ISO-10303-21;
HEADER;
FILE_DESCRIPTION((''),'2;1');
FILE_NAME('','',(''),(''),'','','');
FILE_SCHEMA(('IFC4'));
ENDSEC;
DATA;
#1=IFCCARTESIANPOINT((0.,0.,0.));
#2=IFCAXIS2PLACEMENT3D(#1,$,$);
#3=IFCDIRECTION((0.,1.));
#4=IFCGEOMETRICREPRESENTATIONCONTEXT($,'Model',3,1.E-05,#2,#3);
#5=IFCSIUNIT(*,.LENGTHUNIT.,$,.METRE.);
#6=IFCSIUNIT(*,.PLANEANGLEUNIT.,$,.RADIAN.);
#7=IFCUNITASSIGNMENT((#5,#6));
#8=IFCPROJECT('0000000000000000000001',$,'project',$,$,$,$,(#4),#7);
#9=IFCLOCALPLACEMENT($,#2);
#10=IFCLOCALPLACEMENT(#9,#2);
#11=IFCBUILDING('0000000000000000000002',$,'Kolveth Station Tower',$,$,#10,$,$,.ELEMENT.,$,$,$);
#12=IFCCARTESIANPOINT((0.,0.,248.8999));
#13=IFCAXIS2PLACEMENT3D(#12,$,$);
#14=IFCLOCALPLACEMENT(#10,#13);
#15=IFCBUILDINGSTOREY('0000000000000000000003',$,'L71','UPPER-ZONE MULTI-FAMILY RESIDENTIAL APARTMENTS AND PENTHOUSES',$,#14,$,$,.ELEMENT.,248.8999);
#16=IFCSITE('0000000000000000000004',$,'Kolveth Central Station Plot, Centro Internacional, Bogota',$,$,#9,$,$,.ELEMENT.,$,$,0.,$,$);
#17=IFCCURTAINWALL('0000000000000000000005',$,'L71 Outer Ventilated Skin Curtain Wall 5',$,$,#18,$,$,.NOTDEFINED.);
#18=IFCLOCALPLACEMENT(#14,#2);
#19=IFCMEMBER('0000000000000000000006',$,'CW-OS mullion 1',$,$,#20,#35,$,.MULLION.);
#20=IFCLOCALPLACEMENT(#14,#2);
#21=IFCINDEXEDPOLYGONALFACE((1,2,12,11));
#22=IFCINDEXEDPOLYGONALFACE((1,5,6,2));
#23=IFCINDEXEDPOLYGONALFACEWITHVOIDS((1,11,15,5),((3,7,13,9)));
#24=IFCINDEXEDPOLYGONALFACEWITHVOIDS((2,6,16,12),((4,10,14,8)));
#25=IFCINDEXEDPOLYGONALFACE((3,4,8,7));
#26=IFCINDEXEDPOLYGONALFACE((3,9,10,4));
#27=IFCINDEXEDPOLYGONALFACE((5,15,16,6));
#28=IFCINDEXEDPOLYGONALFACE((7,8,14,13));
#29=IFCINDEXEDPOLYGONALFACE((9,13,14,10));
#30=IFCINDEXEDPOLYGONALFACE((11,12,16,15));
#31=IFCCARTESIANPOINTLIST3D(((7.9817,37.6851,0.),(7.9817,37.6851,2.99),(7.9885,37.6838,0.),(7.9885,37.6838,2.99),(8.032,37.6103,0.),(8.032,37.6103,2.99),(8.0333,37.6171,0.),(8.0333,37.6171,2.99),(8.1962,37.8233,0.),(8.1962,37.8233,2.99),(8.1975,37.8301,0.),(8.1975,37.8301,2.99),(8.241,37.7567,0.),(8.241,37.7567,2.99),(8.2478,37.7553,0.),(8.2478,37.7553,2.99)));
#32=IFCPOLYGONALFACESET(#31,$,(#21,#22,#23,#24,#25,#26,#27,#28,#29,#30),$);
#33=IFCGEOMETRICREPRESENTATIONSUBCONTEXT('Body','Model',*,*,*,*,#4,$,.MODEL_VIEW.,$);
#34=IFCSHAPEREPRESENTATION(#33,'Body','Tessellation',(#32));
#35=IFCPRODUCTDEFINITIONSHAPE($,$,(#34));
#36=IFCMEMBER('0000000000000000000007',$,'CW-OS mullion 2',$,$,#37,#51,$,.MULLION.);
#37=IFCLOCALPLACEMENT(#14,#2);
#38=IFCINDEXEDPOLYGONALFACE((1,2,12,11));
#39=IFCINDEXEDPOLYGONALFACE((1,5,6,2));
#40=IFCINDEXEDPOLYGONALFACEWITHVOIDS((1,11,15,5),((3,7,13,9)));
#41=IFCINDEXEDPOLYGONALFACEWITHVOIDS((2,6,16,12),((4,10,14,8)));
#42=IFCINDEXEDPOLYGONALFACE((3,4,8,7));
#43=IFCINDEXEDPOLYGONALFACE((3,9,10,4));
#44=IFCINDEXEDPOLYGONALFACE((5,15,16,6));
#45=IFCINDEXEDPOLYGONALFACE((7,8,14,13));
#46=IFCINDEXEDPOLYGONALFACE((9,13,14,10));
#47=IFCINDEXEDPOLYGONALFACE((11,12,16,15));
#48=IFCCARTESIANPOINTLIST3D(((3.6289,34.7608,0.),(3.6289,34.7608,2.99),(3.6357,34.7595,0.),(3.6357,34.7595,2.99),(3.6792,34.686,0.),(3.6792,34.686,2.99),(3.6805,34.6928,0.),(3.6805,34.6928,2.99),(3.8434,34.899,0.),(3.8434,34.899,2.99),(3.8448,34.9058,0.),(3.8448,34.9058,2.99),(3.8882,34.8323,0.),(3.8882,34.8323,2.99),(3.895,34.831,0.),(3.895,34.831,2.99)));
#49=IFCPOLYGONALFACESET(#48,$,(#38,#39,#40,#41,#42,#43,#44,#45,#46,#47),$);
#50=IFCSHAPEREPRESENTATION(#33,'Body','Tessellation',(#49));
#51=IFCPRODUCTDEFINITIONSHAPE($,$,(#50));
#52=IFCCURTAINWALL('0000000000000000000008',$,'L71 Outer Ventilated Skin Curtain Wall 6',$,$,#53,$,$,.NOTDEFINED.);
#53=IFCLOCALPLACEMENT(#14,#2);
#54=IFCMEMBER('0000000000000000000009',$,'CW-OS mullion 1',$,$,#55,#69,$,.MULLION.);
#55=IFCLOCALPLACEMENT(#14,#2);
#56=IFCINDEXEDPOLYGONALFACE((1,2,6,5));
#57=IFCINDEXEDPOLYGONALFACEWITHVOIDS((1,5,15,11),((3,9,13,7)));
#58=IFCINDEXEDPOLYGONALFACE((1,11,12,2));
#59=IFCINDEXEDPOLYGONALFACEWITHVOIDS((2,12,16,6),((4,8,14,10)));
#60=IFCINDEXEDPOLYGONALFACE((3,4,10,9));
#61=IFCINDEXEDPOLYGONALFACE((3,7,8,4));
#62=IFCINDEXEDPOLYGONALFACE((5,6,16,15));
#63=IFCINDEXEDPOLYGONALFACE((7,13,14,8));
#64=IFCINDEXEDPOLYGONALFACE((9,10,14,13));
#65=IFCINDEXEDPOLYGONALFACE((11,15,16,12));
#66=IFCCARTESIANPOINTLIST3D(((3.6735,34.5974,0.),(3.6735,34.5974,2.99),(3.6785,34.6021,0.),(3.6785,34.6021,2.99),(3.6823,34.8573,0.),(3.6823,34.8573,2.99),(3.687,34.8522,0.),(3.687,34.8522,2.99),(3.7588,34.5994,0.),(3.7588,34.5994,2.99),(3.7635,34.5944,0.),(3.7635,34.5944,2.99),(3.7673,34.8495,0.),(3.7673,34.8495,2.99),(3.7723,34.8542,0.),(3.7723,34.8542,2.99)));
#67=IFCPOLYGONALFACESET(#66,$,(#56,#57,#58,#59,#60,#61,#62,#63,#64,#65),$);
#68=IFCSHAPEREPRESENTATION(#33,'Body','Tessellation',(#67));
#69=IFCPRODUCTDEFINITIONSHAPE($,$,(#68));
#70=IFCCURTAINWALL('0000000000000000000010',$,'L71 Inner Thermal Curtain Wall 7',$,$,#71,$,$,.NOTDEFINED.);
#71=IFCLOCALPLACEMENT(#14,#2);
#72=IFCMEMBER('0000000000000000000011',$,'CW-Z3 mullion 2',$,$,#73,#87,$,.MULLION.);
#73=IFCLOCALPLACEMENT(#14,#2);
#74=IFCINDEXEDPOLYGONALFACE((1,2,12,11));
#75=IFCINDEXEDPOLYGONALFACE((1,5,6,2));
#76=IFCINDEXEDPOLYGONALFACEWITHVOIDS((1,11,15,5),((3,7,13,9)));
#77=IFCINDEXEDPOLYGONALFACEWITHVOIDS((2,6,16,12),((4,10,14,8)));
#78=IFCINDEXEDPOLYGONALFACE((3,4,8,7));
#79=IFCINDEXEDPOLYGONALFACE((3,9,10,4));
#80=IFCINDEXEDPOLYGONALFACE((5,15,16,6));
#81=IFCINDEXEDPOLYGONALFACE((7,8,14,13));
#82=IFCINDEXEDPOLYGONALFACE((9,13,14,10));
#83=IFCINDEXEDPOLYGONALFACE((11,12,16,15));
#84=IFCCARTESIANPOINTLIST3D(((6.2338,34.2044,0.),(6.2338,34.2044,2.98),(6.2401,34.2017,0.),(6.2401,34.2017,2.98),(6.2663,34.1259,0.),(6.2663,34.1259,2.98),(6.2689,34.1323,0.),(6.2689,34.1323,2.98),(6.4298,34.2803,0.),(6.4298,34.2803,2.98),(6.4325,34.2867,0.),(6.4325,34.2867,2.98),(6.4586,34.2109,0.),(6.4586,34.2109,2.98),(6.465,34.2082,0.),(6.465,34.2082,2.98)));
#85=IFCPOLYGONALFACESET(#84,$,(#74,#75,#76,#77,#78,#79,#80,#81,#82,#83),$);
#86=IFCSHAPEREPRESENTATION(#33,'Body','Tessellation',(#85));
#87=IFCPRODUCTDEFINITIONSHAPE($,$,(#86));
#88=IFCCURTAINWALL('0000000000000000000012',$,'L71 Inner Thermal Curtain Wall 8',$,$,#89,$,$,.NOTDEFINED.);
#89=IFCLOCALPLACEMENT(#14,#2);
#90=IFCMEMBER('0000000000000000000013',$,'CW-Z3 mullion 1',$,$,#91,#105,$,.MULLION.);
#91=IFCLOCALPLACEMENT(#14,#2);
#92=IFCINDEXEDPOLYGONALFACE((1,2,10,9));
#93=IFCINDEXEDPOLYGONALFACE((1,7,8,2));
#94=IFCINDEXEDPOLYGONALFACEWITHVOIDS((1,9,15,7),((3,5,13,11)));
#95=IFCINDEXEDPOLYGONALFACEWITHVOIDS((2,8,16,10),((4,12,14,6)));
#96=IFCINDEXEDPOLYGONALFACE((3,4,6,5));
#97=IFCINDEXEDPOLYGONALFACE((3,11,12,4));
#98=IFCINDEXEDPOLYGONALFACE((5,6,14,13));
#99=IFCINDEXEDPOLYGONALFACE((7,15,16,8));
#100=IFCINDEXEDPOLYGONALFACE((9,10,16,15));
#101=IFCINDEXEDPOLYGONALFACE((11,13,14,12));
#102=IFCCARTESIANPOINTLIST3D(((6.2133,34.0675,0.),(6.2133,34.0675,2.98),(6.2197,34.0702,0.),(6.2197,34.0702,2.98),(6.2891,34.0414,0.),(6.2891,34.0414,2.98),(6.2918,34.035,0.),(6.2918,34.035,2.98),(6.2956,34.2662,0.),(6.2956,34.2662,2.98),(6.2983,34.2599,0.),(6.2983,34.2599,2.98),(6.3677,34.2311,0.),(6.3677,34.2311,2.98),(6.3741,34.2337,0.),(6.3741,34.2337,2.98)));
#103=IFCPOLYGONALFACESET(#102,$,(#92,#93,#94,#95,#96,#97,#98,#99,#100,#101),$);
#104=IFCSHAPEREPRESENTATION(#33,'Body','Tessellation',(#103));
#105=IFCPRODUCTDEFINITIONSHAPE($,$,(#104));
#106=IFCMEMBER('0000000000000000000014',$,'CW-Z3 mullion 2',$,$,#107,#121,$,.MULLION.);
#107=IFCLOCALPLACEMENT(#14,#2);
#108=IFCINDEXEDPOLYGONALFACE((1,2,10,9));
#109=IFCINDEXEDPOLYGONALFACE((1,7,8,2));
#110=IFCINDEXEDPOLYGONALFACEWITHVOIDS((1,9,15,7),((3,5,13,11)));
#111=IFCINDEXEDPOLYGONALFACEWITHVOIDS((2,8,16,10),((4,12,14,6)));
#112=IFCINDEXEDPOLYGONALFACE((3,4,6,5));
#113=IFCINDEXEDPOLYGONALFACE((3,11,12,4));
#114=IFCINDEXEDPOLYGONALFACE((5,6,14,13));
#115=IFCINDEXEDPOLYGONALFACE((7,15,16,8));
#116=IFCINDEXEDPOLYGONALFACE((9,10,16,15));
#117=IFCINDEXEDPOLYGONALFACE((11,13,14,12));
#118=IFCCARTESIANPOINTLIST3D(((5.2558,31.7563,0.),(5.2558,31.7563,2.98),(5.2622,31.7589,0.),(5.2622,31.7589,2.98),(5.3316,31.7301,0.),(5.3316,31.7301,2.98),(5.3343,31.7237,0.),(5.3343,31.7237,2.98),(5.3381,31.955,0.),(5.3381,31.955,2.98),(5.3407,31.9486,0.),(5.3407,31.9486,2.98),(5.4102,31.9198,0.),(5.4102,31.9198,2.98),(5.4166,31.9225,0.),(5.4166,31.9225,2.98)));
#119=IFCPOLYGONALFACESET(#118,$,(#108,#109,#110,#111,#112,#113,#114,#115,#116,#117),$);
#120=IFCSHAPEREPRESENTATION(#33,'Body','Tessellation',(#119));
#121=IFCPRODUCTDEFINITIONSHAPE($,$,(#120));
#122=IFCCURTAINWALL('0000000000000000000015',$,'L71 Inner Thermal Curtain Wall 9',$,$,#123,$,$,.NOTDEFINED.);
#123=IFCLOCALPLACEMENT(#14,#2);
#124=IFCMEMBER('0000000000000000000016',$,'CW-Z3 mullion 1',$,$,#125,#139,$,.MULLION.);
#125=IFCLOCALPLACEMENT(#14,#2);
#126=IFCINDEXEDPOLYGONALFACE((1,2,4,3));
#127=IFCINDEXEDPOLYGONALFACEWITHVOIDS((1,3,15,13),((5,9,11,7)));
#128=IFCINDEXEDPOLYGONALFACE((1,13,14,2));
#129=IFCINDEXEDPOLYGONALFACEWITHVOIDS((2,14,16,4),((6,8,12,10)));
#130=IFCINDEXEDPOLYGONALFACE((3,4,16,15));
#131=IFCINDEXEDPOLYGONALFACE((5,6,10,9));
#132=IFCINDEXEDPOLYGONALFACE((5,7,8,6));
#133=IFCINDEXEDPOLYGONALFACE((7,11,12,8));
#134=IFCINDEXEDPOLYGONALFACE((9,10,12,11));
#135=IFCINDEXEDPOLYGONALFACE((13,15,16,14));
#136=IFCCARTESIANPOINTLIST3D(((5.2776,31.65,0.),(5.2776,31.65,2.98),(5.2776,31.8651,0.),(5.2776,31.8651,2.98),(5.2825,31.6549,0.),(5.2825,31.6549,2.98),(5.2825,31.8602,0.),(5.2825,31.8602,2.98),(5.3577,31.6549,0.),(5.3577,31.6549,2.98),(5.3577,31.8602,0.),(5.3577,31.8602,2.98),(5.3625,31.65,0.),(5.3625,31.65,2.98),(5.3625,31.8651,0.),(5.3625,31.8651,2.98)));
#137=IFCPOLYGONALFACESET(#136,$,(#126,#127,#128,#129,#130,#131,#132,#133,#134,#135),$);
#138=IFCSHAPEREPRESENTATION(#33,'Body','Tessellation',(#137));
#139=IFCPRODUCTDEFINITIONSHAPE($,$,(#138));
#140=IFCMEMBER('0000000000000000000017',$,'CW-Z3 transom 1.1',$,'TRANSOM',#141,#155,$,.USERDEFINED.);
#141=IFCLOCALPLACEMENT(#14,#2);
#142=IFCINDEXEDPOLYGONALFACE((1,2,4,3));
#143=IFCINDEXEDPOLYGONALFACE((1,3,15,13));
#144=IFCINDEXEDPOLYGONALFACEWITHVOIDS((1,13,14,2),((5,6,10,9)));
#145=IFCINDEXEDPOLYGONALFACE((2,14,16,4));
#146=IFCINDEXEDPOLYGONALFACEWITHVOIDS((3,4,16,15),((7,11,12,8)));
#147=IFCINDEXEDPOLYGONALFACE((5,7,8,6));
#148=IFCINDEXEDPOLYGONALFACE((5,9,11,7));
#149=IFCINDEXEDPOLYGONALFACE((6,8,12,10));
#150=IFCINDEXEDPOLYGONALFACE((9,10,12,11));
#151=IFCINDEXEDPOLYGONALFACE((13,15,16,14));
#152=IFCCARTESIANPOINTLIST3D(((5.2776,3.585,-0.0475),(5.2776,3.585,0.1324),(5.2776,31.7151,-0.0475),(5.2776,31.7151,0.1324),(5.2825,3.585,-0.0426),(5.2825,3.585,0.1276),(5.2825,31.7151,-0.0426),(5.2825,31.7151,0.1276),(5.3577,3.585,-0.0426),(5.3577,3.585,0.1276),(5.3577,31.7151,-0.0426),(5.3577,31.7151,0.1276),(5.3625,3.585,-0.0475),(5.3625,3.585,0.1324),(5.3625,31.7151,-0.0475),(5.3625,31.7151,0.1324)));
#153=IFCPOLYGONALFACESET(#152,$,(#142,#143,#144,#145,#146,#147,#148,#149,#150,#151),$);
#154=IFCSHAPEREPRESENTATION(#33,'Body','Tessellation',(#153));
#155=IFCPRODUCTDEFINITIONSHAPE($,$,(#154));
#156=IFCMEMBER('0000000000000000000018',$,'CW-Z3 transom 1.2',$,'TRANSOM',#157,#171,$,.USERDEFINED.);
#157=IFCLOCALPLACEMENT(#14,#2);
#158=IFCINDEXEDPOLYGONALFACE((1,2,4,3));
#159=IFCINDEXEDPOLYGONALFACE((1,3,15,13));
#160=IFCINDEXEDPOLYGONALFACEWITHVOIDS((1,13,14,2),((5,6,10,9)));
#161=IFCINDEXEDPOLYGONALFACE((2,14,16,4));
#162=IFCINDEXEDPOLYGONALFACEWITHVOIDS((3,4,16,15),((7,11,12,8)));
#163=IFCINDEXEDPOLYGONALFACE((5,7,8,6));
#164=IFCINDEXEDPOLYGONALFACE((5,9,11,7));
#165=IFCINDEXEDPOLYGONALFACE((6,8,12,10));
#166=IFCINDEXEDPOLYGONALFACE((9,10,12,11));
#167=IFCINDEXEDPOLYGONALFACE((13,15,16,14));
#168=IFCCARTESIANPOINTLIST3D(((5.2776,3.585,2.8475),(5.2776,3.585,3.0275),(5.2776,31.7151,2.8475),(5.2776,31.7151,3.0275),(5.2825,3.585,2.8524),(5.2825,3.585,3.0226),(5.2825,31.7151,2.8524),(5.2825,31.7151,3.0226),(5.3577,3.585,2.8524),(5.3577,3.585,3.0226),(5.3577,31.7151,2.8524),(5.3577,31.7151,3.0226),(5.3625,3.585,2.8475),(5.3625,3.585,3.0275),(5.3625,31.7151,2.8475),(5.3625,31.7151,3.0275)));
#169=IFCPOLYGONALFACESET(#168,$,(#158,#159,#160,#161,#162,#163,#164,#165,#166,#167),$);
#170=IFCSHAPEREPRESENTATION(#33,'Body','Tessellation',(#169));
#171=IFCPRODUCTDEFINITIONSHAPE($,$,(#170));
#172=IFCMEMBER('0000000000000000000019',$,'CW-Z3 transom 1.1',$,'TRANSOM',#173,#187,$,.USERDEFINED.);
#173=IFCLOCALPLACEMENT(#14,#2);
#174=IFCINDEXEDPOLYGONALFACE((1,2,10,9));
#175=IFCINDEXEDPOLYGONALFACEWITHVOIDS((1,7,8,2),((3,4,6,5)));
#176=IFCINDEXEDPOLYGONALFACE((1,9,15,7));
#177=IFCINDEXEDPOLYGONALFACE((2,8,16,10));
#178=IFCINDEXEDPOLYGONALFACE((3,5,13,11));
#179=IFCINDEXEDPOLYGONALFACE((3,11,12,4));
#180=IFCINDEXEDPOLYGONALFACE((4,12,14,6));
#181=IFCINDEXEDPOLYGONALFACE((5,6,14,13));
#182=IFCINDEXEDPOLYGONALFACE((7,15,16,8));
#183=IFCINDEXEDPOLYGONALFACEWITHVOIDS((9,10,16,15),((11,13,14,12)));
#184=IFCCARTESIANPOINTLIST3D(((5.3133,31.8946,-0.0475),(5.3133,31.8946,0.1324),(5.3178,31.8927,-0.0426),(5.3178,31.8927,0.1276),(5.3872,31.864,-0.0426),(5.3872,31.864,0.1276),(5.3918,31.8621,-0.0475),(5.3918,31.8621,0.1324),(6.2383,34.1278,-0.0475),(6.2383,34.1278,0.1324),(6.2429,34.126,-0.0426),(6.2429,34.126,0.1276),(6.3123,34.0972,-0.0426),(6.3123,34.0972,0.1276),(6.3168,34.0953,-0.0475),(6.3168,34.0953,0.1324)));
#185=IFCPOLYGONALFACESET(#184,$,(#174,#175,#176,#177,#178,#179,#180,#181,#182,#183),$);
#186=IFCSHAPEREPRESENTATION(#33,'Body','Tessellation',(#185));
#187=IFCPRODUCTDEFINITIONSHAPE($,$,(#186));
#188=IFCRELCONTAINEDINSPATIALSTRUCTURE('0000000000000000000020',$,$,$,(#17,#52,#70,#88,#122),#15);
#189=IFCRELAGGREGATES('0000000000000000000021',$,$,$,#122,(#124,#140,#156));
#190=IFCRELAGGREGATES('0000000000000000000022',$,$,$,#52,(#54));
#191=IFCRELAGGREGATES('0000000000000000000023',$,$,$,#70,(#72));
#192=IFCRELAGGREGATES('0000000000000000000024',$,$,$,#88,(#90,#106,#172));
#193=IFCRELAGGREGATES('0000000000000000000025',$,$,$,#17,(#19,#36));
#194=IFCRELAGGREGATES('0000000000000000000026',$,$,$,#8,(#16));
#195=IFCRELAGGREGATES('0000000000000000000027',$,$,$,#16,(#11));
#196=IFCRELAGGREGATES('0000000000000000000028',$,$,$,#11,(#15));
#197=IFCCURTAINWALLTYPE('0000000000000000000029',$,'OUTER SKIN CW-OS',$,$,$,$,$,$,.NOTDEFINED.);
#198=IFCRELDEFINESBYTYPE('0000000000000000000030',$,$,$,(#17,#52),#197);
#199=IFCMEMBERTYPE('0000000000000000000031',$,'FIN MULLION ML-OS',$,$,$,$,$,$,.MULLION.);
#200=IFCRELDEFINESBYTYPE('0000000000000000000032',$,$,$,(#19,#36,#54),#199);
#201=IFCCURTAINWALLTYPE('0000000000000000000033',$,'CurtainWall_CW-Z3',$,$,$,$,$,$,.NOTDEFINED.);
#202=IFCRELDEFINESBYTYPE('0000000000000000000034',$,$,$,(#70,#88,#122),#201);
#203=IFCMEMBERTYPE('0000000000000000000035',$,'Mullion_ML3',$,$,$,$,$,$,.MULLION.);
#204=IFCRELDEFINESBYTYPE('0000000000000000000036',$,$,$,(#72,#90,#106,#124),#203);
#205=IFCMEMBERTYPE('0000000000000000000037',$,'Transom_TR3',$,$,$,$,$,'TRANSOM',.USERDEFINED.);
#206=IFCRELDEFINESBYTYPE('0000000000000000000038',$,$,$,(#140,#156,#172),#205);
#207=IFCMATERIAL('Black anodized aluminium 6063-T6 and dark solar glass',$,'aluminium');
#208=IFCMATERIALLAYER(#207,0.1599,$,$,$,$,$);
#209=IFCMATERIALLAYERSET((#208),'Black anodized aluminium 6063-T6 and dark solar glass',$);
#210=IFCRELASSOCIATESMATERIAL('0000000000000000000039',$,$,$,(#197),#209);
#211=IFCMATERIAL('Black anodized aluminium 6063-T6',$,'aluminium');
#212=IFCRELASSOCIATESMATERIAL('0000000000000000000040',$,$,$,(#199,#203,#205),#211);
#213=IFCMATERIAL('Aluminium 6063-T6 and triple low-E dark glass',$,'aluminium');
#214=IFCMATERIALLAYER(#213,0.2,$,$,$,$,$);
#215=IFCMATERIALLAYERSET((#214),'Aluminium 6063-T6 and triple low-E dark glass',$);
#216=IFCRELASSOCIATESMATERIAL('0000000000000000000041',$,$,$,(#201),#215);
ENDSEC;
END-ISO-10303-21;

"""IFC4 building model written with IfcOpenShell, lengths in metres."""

from ifc_helpers import new_model, si_unit, direction, frame, origin, origin_2d, place, context, subcontext, project, spatial, hollow_rectangle, extrude, source, transform, mapped, material, layer, layer_set, material_profile, profile_set, type_object, element, aggregate, save


model = new_model("IFC4")

# Units and contexts
model_context = context("Model", 3, precision=1e-05, world=origin(), true_north=direction((0.0, 1.0)))
body_context = subcontext(model_context, "Body", "Model", "MODEL_VIEW")
ifc_project = project(units=[si_unit("LENGTHUNIT", "METRE"), si_unit("PLANEANGLEUNIT", "RADIAN")], contexts=[model_context])

# Site, building, storey
site_placement = place(None, origin())
site = spatial("IfcSite", under=ifc_project, at=site_placement, Name="Kolveth Central Station Plot, Centro Internacional, Bogota", CompositionType="ELEMENT", RefElevation=0.0)
building_placement = place(site_placement, origin())
building = spatial("IfcBuilding", under=site, at=building_placement, Name="Kolveth Station Tower", CompositionType="ELEMENT")
storey_placement = place(building_placement, frame((0.0, 0.0, 248.8999)))
storey = spatial("IfcBuildingStorey", under=building, at=storey_placement, Name="L71", Description="UPPER-ZONE MULTI-FAMILY RESIDENTIAL APARTMENTS AND PENTHOUSES", CompositionType="ELEMENT", Elevation=248.8999)

# Curtain wall, members
ifc_material_1 = material(Name="Black anodized aluminium 6063-T6 and dark solar glass", Category="aluminium")
ifc_layer_1 = layer(ifc_material_1, 0.1599)
ifc_layer_set_1 = layer_set([ifc_layer_1], Name="Black anodized aluminium 6063-T6 and dark solar glass")
curtain_wall_type_1 = type_object("IfcCurtainWallType", Name="OUTER SKIN CW-OS", PredefinedType="NOTDEFINED", material=ifc_layer_set_1)
curtain_wall_1_placement = place(storey_placement, origin())
curtain_wall_1 = element("IfcCurtainWall", 1, at=curtain_wall_1_placement, inside=storey, type_object=curtain_wall_type_1, Name="L71 Outer Ventilated Skin Curtain Wall 5", PredefinedType="NOTDEFINED")
ifc_material_2 = material(Name="Black anodized aluminium 6063-T6", Category="aluminium")
ifc_material_profile_1 = material_profile(ifc_material_2, hollow_rectangle(XDim=0.0901, YDim=0.26, WallThickness=0.0049, at=origin_2d()), Name="ALU-90x260x5")
ifc_profile_set_1 = profile_set([ifc_material_profile_1], Name="Black anodized aluminium 6063-T6")
member_type_1 = type_object("IfcMemberType", Name="FIN MULLION ML-OS", PredefinedType="MULLION", material=ifc_profile_set_1)
shared_shape_1 = source(origin(), body_context, "Body", "SweptSolid", [
    extrude(hollow_rectangle(XDim=0.0901, YDim=0.26, WallThickness=0.0049, at=origin_2d()), origin(), (0.0, 0.0, 1.0), 2.99),
])
member_1_placement = place(storey_placement, frame((8.1147, 37.7202, 0.0), z_axis=(0.0, 0.0, 1.0), x_axis=(0.557665, -0.830066, 0.0)))
member_1 = element("IfcMember", 2, at=member_1_placement, type_object=member_type_1, Name="CW-OS mullion 1", PredefinedType="MULLION", context=body_context, shape_type="MappedRepresentation", body=[
    mapped(shared_shape_1, transform((0.0, 0.0, 0.0), x_axis=(1.0, 0.0, 0.0), y_axis=(0.0, 1.0, 0.0), z_axis=(0.0, 0.0, 1.0), scale=1.0)),
])
member_2_placement = place(storey_placement, frame((3.762, 34.7959, 0.0), z_axis=(0.0, 0.0, 1.0), x_axis=(0.557665, -0.830066, 0.0)))
member_2 = element("IfcMember", 3, at=member_2_placement, type_object=member_type_1, Name="CW-OS mullion 2", PredefinedType="MULLION", context=body_context, shape_type="MappedRepresentation", body=[
    mapped(shared_shape_1, transform((0.0, 0.0, 0.0), x_axis=(1.0, 0.0, 0.0), y_axis=(0.0, 1.0, 0.0), z_axis=(0.0, 0.0, 1.0), scale=1.0)),
])

# Curtain walls, members
curtain_wall_2_placement = place(storey_placement, origin())
curtain_wall_2 = element("IfcCurtainWall", 4, at=curtain_wall_2_placement, inside=storey, type_object=curtain_wall_type_1, Name="L71 Outer Ventilated Skin Curtain Wall 6", PredefinedType="NOTDEFINED")
member_3_placement = place(storey_placement, frame((3.7229, 34.7258, 0.0), z_axis=(0.0, 0.0, 1.0), x_axis=(0.999421, -0.034027, 0.0)))
member_3 = element("IfcMember", 5, at=member_3_placement, type_object=member_type_1, Name="CW-OS mullion 1", PredefinedType="MULLION", context=body_context, shape_type="MappedRepresentation", body=[
    mapped(shared_shape_1, transform((0.0, 0.0, 0.0), x_axis=(1.0, 0.0, 0.0), y_axis=(0.0, 1.0, 0.0), z_axis=(0.0, 0.0, 1.0), scale=1.0)),
])
ifc_material_3 = material(Name="Aluminium 6063-T6 and triple low-E dark glass", Category="aluminium")
ifc_layer_2 = layer(ifc_material_3, 0.2)
ifc_layer_set_2 = layer_set([ifc_layer_2], Name="Aluminium 6063-T6 and triple low-E dark glass")
curtain_wall_type_2 = type_object("IfcCurtainWallType", Name="CurtainWall_CW-Z3", PredefinedType="NOTDEFINED", material=ifc_layer_set_2)
curtain_wall_3_placement = place(storey_placement, origin())
curtain_wall_3 = element("IfcCurtainWall", 6, at=curtain_wall_3_placement, inside=storey, type_object=curtain_wall_type_2, Name="L71 Inner Thermal Curtain Wall 7", PredefinedType="NOTDEFINED")
ifc_material_profile_2 = material_profile(ifc_material_2, hollow_rectangle(XDim=0.085, YDim=0.2151, WallThickness=0.0049, at=origin_2d()), Name="ALU-85x215x5")
ifc_profile_set_2 = profile_set([ifc_material_profile_2], Name="Black anodized aluminium 6063-T6")
member_type_2 = type_object("IfcMemberType", Name="Mullion_ML3", PredefinedType="MULLION", material=ifc_profile_set_2)
shared_shape_2 = source(origin(), body_context, "Body", "SweptSolid", [
    extrude(hollow_rectangle(XDim=0.085, YDim=0.2151, WallThickness=0.0049, at=origin_2d()), origin(), (0.0, 0.0, 1.0), 2.98),
])
member_4_placement = place(storey_placement, frame((6.3494, 34.2063, 0.0), z_axis=(0.0, 0.0, 1.0), x_axis=(0.382693, -0.923875, 0.0)))
member_4 = element("IfcMember", 7, at=member_4_placement, type_object=member_type_2, Name="CW-Z3 mullion 2", PredefinedType="MULLION", context=body_context, shape_type="MappedRepresentation", body=[
    mapped(shared_shape_2, transform((0.0, 0.0, 0.0), x_axis=(1.0, 0.0, 0.0), y_axis=(0.0, 1.0, 0.0), z_axis=(0.0, 0.0, 1.0), scale=1.0)),
])

# Curtain walls, members
curtain_wall_4_placement = place(storey_placement, origin())
curtain_wall_4 = element("IfcCurtainWall", 8, at=curtain_wall_4_placement, inside=storey, type_object=curtain_wall_type_2, Name="L71 Inner Thermal Curtain Wall 8", PredefinedType="NOTDEFINED")
member_5_placement = place(storey_placement, frame((6.2937, 34.1506, 0.0), z_axis=(0.0, 0.0, 1.0), x_axis=(0.923875, -0.382693, 0.0)))
member_5 = element("IfcMember", 9, at=member_5_placement, type_object=member_type_2, Name="CW-Z3 mullion 1", PredefinedType="MULLION", context=body_context, shape_type="MappedRepresentation", body=[
    mapped(shared_shape_2, transform((0.0, 0.0, 0.0), x_axis=(1.0, 0.0, 0.0), y_axis=(0.0, 1.0, 0.0), z_axis=(0.0, 0.0, 1.0), scale=1.0)),
])
member_6_placement = place(storey_placement, frame((5.3362, 31.8394, 0.0), z_axis=(0.0, 0.0, 1.0), x_axis=(0.923875, -0.382693, 0.0)))
member_6 = element("IfcMember", 10, at=member_6_placement, type_object=member_type_2, Name="CW-Z3 mullion 2", PredefinedType="MULLION", context=body_context, shape_type="MappedRepresentation", body=[
    mapped(shared_shape_2, transform((0.0, 0.0, 0.0), x_axis=(1.0, 0.0, 0.0), y_axis=(0.0, 1.0, 0.0), z_axis=(0.0, 0.0, 1.0), scale=1.0)),
])
curtain_wall_5_placement = place(storey_placement, origin())
curtain_wall_5 = element("IfcCurtainWall", 11, at=curtain_wall_5_placement, inside=storey, type_object=curtain_wall_type_2, Name="L71 Inner Thermal Curtain Wall 9", PredefinedType="NOTDEFINED")
member_7_placement = place(storey_placement, frame((5.3201, 31.7576, 0.0), z_axis=(0.0, 0.0, 1.0), x_axis=(1.0, 0.0, 0.0)))
member_7 = element("IfcMember", 12, at=member_7_placement, type_object=member_type_2, Name="CW-Z3 mullion 1", PredefinedType="MULLION", context=body_context, shape_type="MappedRepresentation", body=[
    mapped(shared_shape_2, transform((0.0, 0.0, 0.0), x_axis=(1.0, 0.0, 0.0), y_axis=(0.0, 1.0, 0.0), z_axis=(0.0, 0.0, 1.0), scale=1.0)),
])
ifc_material_profile_3 = material_profile(ifc_material_2, hollow_rectangle(XDim=0.085, YDim=0.1799, WallThickness=0.0049, at=origin_2d()), Name="ALU-85x180x5")
ifc_profile_set_3 = profile_set([ifc_material_profile_3], Name="Black anodized aluminium 6063-T6")
member_type_3 = type_object("IfcMemberType", Name="Transom_TR3", ElementType="TRANSOM", PredefinedType="USERDEFINED", material=ifc_profile_set_3)
shared_shape_3 = source(origin(), body_context, "Body", "SweptSolid", [
    extrude(hollow_rectangle(XDim=0.085, YDim=0.1799, WallThickness=0.0049, at=origin_2d()), origin(), (0.0, 0.0, 1.0), 28.1301),
])
member_8_placement = place(storey_placement, frame((5.3201, 31.7151, 0.0425), z_axis=(0.0, -1.0, 0.0), x_axis=(1.0, 0.0, 0.0)))
member_8 = element("IfcMember", 13, at=member_8_placement, type_object=member_type_3, Name="CW-Z3 transom 1.1", ObjectType="TRANSOM", PredefinedType="USERDEFINED", context=body_context, shape_type="MappedRepresentation", body=[
    mapped(shared_shape_3, transform((0.0, 0.0, 0.0), x_axis=(1.0, 0.0, 0.0), y_axis=(0.0, 1.0, 0.0), z_axis=(0.0, 0.0, 1.0), scale=1.0)),
])
member_9_placement = place(storey_placement, frame((5.3201, 31.7151, 2.9375), z_axis=(0.0, -1.0, 0.0), x_axis=(1.0, 0.0, 0.0)))
member_9 = element("IfcMember", 14, at=member_9_placement, type_object=member_type_3, Name="CW-Z3 transom 1.2", ObjectType="TRANSOM", PredefinedType="USERDEFINED", context=body_context, shape_type="MappedRepresentation", body=[
    mapped(shared_shape_3, transform((0.0, 0.0, 0.0), x_axis=(1.0, 0.0, 0.0), y_axis=(0.0, 1.0, 0.0), z_axis=(0.0, 0.0, 1.0), scale=1.0)),
])
aggregate(curtain_wall_5, [member_7, member_8, member_9])

# Member
shared_shape_4 = source(origin(), body_context, "Body", "SweptSolid", [
    extrude(hollow_rectangle(XDim=0.085, YDim=0.1799, WallThickness=0.0049, at=origin_2d()), origin(), (0.0, 0.0, 1.0), 2.4172),
])
member_10_placement = place(storey_placement, frame((6.2776, 34.1116, 0.0425), z_axis=(-0.3827, -0.923873, 0.0), x_axis=(0.923873, -0.3827, 0.0)))
member_10 = element("IfcMember", 15, at=member_10_placement, type_object=member_type_3, Name="CW-Z3 transom 1.1", ObjectType="TRANSOM", PredefinedType="USERDEFINED", context=body_context, shape_type="MappedRepresentation", body=[
    mapped(shared_shape_4, transform((0.0, 0.0, 0.0), x_axis=(1.0, 0.0, 0.0), y_axis=(0.0, 1.0, 0.0), z_axis=(0.0, 0.0, 1.0), scale=1.0)),
])
aggregate(curtain_wall_2, [member_3])

aggregate(curtain_wall_3, [member_4])
aggregate(curtain_wall_4, [member_5, member_6, member_10])
aggregate(curtain_wall_1, [member_1, member_2])

save(model, "model.ifc")
